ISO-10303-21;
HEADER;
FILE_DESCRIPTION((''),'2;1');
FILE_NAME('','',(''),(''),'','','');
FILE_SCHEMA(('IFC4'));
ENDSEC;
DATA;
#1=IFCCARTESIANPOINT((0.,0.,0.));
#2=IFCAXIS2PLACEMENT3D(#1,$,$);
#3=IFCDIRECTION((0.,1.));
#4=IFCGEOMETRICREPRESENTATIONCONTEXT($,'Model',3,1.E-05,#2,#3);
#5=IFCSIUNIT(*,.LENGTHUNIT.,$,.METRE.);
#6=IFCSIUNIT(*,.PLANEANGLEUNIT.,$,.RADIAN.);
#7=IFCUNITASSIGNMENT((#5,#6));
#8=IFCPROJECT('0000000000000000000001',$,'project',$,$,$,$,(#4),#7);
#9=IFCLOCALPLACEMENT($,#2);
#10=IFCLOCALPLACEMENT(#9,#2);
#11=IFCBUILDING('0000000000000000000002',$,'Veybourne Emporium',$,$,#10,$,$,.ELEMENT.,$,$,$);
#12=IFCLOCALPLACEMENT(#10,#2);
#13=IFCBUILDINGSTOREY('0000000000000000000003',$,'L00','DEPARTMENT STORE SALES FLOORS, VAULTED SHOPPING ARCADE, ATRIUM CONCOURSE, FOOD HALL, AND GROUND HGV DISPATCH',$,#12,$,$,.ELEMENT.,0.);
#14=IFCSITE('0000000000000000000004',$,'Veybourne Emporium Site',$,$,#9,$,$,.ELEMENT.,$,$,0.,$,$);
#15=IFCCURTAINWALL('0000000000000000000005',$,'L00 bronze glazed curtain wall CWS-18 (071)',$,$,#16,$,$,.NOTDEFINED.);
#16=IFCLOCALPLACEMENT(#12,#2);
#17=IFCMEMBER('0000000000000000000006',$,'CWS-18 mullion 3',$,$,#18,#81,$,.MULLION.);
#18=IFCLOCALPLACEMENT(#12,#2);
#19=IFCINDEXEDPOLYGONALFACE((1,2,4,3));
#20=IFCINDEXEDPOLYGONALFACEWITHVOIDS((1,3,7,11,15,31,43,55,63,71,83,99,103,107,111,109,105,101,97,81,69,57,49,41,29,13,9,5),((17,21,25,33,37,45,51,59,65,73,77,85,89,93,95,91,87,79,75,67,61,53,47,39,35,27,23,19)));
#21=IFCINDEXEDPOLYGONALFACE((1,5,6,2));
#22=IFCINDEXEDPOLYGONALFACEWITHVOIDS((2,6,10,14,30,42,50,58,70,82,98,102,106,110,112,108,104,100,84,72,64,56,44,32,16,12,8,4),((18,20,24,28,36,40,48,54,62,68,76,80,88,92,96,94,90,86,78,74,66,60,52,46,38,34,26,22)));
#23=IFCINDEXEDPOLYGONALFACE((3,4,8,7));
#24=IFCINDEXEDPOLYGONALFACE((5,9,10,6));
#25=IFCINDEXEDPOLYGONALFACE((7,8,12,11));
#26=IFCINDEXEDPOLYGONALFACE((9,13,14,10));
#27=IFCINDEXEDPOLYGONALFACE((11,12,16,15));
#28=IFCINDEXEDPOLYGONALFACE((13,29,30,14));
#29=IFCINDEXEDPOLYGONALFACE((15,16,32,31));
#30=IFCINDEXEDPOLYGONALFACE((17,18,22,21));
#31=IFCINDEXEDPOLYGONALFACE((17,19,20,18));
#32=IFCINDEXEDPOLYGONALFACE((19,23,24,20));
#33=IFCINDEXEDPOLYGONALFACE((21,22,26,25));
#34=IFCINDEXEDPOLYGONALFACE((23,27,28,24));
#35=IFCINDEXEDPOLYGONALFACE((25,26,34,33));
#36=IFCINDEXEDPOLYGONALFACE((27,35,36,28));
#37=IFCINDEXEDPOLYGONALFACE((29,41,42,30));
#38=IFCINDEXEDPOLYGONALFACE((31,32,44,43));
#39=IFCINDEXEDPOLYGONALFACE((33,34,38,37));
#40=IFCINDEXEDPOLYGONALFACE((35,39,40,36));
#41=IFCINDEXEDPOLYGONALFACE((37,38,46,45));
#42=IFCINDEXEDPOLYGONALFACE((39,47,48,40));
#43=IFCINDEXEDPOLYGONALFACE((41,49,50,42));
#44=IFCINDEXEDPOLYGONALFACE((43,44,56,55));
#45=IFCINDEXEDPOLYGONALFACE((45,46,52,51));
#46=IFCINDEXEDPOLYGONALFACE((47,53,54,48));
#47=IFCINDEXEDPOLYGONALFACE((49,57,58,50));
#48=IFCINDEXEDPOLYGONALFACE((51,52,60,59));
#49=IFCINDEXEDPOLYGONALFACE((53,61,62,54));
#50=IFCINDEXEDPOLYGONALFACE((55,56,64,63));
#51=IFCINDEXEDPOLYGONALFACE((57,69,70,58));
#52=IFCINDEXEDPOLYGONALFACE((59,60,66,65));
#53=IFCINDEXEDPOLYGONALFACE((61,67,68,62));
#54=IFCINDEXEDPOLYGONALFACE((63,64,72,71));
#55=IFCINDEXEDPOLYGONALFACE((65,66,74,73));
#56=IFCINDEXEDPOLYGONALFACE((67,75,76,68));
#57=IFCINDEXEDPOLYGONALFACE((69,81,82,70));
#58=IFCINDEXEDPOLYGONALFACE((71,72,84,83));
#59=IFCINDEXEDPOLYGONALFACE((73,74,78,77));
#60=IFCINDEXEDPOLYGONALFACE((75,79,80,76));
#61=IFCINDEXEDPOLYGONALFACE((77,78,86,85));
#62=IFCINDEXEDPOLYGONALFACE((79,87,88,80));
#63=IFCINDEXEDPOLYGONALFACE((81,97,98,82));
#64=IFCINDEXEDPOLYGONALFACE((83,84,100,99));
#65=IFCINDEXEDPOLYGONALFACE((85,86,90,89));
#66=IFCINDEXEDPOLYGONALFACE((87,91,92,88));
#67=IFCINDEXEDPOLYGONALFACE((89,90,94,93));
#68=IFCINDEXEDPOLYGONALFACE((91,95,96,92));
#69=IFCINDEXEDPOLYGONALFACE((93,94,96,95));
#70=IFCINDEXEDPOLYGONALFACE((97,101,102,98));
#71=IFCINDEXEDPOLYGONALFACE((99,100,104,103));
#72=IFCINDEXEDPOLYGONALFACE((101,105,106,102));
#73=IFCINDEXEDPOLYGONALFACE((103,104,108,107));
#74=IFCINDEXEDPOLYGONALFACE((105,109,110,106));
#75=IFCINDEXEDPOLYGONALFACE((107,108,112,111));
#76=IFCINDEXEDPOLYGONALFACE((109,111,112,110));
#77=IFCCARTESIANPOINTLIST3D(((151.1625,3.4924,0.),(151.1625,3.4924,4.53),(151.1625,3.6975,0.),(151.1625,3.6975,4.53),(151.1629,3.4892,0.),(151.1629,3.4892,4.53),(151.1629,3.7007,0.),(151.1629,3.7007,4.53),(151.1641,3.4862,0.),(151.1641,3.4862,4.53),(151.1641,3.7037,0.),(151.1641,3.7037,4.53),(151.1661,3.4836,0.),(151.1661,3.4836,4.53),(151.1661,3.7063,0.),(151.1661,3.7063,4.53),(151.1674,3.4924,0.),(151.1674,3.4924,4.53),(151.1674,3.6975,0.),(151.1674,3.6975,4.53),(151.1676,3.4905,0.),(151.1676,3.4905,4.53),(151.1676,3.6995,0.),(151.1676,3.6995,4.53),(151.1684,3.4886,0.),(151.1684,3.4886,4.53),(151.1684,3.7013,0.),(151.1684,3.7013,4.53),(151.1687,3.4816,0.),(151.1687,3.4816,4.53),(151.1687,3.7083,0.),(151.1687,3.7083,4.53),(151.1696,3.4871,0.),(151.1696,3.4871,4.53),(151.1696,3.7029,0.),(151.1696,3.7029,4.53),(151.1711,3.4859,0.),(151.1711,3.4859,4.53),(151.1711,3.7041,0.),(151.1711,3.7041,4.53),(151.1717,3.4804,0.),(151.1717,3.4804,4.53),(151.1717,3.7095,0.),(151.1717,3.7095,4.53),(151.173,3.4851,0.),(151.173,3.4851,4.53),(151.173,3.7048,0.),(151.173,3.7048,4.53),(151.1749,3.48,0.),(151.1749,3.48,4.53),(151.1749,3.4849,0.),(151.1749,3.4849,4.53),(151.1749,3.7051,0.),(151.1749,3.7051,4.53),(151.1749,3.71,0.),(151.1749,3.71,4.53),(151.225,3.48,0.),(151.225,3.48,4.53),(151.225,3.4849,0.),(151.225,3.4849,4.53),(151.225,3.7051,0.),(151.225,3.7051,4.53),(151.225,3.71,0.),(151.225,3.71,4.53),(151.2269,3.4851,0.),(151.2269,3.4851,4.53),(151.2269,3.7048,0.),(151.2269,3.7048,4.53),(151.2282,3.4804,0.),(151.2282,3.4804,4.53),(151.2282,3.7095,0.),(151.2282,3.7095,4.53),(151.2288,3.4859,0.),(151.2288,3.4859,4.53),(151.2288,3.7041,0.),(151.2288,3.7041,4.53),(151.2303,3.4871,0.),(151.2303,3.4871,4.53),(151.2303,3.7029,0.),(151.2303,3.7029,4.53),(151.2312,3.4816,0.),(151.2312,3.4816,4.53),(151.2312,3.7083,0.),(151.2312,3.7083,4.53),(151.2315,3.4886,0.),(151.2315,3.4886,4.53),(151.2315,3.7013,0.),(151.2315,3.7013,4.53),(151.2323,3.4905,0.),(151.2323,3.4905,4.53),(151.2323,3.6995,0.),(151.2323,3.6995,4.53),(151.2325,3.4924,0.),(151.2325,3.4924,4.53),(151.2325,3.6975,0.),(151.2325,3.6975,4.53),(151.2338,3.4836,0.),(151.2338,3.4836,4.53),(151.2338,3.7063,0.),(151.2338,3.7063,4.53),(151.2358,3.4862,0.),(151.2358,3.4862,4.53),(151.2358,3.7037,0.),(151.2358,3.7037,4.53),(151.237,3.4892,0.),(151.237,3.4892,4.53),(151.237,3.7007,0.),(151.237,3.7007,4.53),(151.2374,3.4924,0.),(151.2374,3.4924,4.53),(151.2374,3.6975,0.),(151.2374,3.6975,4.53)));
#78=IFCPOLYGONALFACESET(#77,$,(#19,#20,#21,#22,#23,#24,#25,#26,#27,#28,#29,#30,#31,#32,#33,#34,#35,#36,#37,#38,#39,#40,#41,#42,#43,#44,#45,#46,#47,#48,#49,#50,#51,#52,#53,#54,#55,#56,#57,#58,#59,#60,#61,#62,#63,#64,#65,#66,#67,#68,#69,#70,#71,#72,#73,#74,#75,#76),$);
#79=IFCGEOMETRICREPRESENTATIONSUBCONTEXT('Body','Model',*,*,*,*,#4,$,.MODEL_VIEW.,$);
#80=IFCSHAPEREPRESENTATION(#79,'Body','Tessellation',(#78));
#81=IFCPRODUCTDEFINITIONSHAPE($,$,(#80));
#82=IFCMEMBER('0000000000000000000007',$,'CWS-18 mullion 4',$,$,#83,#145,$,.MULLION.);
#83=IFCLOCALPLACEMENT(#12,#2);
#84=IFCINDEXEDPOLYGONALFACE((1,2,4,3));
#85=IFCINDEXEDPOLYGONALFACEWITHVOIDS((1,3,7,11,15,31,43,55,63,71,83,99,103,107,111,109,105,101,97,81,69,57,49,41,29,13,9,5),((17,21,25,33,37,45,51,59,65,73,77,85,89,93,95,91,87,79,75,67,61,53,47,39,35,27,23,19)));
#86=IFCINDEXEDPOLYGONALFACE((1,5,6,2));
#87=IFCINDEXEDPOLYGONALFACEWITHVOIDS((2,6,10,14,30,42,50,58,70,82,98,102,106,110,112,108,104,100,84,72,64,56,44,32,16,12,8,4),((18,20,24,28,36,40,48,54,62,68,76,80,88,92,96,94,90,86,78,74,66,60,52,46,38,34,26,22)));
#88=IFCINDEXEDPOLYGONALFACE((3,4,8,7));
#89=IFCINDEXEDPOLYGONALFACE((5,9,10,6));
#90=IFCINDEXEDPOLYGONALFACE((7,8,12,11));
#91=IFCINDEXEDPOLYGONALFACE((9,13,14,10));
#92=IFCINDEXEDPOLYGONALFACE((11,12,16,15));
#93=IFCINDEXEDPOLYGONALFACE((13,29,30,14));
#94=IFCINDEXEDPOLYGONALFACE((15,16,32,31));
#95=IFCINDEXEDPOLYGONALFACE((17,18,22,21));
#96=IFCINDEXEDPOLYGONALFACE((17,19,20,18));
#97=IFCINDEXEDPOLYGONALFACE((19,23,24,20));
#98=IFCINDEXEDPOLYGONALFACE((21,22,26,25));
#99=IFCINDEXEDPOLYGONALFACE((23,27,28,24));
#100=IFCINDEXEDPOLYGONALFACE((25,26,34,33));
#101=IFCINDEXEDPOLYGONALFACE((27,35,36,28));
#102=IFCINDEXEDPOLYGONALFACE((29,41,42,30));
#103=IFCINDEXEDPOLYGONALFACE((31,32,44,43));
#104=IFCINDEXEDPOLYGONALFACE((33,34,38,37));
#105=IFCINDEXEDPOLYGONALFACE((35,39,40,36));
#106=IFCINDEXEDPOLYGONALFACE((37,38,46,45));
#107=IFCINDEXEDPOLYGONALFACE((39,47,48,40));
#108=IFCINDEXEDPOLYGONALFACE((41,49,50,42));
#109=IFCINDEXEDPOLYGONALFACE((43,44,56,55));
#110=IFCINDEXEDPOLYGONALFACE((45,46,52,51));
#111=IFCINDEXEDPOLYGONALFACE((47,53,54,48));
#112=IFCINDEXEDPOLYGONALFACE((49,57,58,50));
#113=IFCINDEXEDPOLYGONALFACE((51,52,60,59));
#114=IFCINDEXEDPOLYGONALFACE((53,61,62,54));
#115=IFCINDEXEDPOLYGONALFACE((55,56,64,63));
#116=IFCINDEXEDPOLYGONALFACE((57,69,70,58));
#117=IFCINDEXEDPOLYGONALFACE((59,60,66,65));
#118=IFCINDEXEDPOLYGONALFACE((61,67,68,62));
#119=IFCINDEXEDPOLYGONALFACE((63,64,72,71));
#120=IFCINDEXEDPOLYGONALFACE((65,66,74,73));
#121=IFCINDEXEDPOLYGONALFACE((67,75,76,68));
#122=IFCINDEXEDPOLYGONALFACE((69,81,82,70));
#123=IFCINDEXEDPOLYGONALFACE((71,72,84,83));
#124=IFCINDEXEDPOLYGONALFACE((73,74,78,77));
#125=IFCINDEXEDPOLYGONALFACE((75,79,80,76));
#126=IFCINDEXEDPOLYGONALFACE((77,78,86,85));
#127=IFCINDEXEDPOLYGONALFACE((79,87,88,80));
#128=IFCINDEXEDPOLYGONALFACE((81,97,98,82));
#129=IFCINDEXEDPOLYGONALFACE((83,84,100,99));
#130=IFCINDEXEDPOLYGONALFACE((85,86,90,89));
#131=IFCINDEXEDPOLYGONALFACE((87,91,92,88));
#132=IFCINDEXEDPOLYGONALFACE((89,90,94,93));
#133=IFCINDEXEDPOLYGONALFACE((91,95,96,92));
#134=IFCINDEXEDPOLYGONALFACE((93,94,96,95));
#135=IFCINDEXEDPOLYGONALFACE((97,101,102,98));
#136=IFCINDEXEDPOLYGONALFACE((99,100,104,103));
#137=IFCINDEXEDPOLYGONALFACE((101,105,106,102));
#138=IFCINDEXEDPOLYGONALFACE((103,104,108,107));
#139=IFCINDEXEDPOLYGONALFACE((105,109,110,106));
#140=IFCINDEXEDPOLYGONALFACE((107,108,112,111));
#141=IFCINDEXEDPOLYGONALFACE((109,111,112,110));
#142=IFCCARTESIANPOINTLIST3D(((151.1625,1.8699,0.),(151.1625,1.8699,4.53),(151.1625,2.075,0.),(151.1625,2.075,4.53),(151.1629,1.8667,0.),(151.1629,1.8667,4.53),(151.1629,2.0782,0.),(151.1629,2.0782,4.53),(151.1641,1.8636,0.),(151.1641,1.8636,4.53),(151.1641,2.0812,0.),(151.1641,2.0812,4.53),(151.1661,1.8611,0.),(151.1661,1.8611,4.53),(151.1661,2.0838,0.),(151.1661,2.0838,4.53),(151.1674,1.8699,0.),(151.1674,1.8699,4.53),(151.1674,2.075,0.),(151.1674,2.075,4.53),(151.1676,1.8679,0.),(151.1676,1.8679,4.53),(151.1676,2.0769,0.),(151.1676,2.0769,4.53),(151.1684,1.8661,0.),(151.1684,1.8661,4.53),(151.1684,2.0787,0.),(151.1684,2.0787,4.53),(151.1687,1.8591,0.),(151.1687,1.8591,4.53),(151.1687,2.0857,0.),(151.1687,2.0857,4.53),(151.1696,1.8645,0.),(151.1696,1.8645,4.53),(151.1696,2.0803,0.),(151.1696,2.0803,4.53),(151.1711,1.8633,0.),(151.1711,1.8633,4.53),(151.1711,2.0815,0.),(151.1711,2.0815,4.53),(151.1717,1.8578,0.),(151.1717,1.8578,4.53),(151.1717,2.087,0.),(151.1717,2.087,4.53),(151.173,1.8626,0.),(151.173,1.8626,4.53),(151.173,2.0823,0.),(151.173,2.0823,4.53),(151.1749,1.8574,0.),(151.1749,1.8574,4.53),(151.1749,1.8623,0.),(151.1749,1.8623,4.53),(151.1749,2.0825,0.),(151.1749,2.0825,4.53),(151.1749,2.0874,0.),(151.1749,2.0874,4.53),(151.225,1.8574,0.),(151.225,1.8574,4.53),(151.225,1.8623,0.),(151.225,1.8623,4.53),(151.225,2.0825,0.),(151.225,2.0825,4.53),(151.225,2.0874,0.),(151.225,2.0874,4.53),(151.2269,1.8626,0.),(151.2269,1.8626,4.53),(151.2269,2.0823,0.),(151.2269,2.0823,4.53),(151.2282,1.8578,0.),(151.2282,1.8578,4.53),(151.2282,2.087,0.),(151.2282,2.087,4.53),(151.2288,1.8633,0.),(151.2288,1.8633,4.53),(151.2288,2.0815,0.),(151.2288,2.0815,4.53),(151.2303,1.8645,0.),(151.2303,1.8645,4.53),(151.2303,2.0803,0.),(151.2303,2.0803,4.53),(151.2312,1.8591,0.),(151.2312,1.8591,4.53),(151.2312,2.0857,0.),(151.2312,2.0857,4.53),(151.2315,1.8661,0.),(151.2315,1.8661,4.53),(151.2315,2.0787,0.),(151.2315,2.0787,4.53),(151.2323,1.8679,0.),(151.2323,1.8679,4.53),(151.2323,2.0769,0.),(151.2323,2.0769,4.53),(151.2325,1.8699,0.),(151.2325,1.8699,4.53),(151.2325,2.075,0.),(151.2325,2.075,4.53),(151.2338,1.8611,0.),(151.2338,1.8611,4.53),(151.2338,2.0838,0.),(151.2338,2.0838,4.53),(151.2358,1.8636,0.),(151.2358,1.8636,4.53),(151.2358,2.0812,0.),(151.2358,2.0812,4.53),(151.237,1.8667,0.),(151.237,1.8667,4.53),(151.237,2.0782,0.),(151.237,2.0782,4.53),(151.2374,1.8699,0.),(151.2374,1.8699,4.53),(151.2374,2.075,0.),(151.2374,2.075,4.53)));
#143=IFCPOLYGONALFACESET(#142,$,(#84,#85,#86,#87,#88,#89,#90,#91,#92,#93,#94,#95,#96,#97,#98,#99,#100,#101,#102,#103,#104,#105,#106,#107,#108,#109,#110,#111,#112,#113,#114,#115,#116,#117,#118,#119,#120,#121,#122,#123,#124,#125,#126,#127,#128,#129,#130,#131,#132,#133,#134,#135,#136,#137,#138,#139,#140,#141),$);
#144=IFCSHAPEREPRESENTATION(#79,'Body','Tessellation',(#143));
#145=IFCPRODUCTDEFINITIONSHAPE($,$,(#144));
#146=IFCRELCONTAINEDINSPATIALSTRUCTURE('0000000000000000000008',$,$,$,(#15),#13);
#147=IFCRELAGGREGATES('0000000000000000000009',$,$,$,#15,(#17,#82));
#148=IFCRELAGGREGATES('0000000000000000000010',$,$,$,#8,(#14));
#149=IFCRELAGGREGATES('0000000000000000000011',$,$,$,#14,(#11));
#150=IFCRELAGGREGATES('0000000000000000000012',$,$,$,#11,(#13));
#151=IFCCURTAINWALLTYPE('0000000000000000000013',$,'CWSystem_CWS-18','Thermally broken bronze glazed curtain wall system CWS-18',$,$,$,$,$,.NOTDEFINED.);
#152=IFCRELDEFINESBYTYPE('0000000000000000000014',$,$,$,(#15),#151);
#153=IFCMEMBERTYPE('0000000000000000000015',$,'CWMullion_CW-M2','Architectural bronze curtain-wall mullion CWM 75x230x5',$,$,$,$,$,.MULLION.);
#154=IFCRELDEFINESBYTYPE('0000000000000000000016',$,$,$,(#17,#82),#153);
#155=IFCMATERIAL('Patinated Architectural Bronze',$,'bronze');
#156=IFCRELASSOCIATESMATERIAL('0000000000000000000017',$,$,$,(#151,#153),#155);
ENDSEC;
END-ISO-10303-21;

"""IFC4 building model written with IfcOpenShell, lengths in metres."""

from ifc_helpers import new_model, si_unit, direction, frame, origin, origin_2d, place, context, subcontext, project, spatial, hollow_rectangle, extrude, material, material_profile, profile_set, type_object, element, aggregate, save


model = new_model("IFC4")

# Units and contexts
model_context = context("Model", 3, precision=1e-05, world=origin(), true_north=direction((0.0, 1.0)))
body_context = subcontext(model_context, "Body", "Model", "MODEL_VIEW")
ifc_project = project(units=[si_unit("LENGTHUNIT", "METRE"), si_unit("PLANEANGLEUNIT", "RADIAN")], contexts=[model_context])

# Site, building, storey
site_placement = place(None, origin())
site = spatial("IfcSite", under=ifc_project, at=site_placement, Name="Veybourne Emporium Site", CompositionType="ELEMENT", RefElevation=0.0)
building_placement = place(site_placement, origin())
building = spatial("IfcBuilding", under=site, at=building_placement, Name="Veybourne Emporium", CompositionType="ELEMENT")
storey_placement = place(building_placement, origin())
storey = spatial("IfcBuildingStorey", under=building, at=storey_placement, Name="L00", Description="DEPARTMENT STORE SALES FLOORS, VAULTED SHOPPING ARCADE, ATRIUM CONCOURSE, FOOD HALL, AND GROUND HGV DISPATCH", CompositionType="ELEMENT", Elevation=0.0)

# Curtain wall, members
ifc_material_1 = material(Name="Patinated Architectural Bronze", Category="bronze")
curtain_wall_type_1 = type_object("IfcCurtainWallType", Name="CWSystem_CWS-18", Description="Thermally broken bronze glazed curtain wall system CWS-18", PredefinedType="NOTDEFINED", material=ifc_material_1)
curtain_wall_1_placement = place(storey_placement, origin())
curtain_wall_1 = element("IfcCurtainWall", 1, at=curtain_wall_1_placement, inside=storey, type_object=curtain_wall_type_1, Name="L00 bronze glazed curtain wall CWS-18 (071)", PredefinedType="NOTDEFINED")
ifc_material_profile_1 = material_profile(ifc_material_1, hollow_rectangle(XDim=0.075, YDim=0.23, WallThickness=0.0049, InnerFilletRadius=0.0076, OuterFilletRadius=0.0125, at=origin_2d()), Name="CWM 75x230x5")
ifc_profile_set_1 = profile_set([ifc_material_profile_1], Name="Patinated Architectural Bronze")
member_type_1 = type_object("IfcMemberType", Name="CWMullion_CW-M2", Description="Architectural bronze curtain-wall mullion CWM 75x230x5", PredefinedType="MULLION", material=ifc_profile_set_1)
member_1_placement = place(storey_placement, frame((151.2, 3.595, 0.0), z_axis=(0.0, 0.0, 1.0), x_axis=(1.0, 0.0, 0.0)))
member_1 = element("IfcMember", 2, at=member_1_placement, type_object=member_type_1, Name="CWS-18 mullion 3", PredefinedType="MULLION", context=body_context, shape_type="SweptSolid", body=[
    extrude(hollow_rectangle(XDim=0.075, YDim=0.23, WallThickness=0.0049, InnerFilletRadius=0.0076, OuterFilletRadius=0.0125, at=origin_2d()), origin(), (0.0, 0.0, 1.0), 4.53),
])
member_2_placement = place(storey_placement, frame((151.2, 1.9724, 0.0), z_axis=(0.0, 0.0, 1.0), x_axis=(1.0, 0.0, 0.0)))
member_2 = element("IfcMember", 3, at=member_2_placement, type_object=member_type_1, Name="CWS-18 mullion 4", PredefinedType="MULLION", context=body_context, shape_type="SweptSolid", body=[
    extrude(hollow_rectangle(XDim=0.075, YDim=0.23, WallThickness=0.0049, InnerFilletRadius=0.0076, OuterFilletRadius=0.0125, at=origin_2d()), origin(), (0.0, 0.0, 1.0), 4.53),
])

aggregate(curtain_wall_1, [member_1, member_2])

save(model, "model.ifc")
